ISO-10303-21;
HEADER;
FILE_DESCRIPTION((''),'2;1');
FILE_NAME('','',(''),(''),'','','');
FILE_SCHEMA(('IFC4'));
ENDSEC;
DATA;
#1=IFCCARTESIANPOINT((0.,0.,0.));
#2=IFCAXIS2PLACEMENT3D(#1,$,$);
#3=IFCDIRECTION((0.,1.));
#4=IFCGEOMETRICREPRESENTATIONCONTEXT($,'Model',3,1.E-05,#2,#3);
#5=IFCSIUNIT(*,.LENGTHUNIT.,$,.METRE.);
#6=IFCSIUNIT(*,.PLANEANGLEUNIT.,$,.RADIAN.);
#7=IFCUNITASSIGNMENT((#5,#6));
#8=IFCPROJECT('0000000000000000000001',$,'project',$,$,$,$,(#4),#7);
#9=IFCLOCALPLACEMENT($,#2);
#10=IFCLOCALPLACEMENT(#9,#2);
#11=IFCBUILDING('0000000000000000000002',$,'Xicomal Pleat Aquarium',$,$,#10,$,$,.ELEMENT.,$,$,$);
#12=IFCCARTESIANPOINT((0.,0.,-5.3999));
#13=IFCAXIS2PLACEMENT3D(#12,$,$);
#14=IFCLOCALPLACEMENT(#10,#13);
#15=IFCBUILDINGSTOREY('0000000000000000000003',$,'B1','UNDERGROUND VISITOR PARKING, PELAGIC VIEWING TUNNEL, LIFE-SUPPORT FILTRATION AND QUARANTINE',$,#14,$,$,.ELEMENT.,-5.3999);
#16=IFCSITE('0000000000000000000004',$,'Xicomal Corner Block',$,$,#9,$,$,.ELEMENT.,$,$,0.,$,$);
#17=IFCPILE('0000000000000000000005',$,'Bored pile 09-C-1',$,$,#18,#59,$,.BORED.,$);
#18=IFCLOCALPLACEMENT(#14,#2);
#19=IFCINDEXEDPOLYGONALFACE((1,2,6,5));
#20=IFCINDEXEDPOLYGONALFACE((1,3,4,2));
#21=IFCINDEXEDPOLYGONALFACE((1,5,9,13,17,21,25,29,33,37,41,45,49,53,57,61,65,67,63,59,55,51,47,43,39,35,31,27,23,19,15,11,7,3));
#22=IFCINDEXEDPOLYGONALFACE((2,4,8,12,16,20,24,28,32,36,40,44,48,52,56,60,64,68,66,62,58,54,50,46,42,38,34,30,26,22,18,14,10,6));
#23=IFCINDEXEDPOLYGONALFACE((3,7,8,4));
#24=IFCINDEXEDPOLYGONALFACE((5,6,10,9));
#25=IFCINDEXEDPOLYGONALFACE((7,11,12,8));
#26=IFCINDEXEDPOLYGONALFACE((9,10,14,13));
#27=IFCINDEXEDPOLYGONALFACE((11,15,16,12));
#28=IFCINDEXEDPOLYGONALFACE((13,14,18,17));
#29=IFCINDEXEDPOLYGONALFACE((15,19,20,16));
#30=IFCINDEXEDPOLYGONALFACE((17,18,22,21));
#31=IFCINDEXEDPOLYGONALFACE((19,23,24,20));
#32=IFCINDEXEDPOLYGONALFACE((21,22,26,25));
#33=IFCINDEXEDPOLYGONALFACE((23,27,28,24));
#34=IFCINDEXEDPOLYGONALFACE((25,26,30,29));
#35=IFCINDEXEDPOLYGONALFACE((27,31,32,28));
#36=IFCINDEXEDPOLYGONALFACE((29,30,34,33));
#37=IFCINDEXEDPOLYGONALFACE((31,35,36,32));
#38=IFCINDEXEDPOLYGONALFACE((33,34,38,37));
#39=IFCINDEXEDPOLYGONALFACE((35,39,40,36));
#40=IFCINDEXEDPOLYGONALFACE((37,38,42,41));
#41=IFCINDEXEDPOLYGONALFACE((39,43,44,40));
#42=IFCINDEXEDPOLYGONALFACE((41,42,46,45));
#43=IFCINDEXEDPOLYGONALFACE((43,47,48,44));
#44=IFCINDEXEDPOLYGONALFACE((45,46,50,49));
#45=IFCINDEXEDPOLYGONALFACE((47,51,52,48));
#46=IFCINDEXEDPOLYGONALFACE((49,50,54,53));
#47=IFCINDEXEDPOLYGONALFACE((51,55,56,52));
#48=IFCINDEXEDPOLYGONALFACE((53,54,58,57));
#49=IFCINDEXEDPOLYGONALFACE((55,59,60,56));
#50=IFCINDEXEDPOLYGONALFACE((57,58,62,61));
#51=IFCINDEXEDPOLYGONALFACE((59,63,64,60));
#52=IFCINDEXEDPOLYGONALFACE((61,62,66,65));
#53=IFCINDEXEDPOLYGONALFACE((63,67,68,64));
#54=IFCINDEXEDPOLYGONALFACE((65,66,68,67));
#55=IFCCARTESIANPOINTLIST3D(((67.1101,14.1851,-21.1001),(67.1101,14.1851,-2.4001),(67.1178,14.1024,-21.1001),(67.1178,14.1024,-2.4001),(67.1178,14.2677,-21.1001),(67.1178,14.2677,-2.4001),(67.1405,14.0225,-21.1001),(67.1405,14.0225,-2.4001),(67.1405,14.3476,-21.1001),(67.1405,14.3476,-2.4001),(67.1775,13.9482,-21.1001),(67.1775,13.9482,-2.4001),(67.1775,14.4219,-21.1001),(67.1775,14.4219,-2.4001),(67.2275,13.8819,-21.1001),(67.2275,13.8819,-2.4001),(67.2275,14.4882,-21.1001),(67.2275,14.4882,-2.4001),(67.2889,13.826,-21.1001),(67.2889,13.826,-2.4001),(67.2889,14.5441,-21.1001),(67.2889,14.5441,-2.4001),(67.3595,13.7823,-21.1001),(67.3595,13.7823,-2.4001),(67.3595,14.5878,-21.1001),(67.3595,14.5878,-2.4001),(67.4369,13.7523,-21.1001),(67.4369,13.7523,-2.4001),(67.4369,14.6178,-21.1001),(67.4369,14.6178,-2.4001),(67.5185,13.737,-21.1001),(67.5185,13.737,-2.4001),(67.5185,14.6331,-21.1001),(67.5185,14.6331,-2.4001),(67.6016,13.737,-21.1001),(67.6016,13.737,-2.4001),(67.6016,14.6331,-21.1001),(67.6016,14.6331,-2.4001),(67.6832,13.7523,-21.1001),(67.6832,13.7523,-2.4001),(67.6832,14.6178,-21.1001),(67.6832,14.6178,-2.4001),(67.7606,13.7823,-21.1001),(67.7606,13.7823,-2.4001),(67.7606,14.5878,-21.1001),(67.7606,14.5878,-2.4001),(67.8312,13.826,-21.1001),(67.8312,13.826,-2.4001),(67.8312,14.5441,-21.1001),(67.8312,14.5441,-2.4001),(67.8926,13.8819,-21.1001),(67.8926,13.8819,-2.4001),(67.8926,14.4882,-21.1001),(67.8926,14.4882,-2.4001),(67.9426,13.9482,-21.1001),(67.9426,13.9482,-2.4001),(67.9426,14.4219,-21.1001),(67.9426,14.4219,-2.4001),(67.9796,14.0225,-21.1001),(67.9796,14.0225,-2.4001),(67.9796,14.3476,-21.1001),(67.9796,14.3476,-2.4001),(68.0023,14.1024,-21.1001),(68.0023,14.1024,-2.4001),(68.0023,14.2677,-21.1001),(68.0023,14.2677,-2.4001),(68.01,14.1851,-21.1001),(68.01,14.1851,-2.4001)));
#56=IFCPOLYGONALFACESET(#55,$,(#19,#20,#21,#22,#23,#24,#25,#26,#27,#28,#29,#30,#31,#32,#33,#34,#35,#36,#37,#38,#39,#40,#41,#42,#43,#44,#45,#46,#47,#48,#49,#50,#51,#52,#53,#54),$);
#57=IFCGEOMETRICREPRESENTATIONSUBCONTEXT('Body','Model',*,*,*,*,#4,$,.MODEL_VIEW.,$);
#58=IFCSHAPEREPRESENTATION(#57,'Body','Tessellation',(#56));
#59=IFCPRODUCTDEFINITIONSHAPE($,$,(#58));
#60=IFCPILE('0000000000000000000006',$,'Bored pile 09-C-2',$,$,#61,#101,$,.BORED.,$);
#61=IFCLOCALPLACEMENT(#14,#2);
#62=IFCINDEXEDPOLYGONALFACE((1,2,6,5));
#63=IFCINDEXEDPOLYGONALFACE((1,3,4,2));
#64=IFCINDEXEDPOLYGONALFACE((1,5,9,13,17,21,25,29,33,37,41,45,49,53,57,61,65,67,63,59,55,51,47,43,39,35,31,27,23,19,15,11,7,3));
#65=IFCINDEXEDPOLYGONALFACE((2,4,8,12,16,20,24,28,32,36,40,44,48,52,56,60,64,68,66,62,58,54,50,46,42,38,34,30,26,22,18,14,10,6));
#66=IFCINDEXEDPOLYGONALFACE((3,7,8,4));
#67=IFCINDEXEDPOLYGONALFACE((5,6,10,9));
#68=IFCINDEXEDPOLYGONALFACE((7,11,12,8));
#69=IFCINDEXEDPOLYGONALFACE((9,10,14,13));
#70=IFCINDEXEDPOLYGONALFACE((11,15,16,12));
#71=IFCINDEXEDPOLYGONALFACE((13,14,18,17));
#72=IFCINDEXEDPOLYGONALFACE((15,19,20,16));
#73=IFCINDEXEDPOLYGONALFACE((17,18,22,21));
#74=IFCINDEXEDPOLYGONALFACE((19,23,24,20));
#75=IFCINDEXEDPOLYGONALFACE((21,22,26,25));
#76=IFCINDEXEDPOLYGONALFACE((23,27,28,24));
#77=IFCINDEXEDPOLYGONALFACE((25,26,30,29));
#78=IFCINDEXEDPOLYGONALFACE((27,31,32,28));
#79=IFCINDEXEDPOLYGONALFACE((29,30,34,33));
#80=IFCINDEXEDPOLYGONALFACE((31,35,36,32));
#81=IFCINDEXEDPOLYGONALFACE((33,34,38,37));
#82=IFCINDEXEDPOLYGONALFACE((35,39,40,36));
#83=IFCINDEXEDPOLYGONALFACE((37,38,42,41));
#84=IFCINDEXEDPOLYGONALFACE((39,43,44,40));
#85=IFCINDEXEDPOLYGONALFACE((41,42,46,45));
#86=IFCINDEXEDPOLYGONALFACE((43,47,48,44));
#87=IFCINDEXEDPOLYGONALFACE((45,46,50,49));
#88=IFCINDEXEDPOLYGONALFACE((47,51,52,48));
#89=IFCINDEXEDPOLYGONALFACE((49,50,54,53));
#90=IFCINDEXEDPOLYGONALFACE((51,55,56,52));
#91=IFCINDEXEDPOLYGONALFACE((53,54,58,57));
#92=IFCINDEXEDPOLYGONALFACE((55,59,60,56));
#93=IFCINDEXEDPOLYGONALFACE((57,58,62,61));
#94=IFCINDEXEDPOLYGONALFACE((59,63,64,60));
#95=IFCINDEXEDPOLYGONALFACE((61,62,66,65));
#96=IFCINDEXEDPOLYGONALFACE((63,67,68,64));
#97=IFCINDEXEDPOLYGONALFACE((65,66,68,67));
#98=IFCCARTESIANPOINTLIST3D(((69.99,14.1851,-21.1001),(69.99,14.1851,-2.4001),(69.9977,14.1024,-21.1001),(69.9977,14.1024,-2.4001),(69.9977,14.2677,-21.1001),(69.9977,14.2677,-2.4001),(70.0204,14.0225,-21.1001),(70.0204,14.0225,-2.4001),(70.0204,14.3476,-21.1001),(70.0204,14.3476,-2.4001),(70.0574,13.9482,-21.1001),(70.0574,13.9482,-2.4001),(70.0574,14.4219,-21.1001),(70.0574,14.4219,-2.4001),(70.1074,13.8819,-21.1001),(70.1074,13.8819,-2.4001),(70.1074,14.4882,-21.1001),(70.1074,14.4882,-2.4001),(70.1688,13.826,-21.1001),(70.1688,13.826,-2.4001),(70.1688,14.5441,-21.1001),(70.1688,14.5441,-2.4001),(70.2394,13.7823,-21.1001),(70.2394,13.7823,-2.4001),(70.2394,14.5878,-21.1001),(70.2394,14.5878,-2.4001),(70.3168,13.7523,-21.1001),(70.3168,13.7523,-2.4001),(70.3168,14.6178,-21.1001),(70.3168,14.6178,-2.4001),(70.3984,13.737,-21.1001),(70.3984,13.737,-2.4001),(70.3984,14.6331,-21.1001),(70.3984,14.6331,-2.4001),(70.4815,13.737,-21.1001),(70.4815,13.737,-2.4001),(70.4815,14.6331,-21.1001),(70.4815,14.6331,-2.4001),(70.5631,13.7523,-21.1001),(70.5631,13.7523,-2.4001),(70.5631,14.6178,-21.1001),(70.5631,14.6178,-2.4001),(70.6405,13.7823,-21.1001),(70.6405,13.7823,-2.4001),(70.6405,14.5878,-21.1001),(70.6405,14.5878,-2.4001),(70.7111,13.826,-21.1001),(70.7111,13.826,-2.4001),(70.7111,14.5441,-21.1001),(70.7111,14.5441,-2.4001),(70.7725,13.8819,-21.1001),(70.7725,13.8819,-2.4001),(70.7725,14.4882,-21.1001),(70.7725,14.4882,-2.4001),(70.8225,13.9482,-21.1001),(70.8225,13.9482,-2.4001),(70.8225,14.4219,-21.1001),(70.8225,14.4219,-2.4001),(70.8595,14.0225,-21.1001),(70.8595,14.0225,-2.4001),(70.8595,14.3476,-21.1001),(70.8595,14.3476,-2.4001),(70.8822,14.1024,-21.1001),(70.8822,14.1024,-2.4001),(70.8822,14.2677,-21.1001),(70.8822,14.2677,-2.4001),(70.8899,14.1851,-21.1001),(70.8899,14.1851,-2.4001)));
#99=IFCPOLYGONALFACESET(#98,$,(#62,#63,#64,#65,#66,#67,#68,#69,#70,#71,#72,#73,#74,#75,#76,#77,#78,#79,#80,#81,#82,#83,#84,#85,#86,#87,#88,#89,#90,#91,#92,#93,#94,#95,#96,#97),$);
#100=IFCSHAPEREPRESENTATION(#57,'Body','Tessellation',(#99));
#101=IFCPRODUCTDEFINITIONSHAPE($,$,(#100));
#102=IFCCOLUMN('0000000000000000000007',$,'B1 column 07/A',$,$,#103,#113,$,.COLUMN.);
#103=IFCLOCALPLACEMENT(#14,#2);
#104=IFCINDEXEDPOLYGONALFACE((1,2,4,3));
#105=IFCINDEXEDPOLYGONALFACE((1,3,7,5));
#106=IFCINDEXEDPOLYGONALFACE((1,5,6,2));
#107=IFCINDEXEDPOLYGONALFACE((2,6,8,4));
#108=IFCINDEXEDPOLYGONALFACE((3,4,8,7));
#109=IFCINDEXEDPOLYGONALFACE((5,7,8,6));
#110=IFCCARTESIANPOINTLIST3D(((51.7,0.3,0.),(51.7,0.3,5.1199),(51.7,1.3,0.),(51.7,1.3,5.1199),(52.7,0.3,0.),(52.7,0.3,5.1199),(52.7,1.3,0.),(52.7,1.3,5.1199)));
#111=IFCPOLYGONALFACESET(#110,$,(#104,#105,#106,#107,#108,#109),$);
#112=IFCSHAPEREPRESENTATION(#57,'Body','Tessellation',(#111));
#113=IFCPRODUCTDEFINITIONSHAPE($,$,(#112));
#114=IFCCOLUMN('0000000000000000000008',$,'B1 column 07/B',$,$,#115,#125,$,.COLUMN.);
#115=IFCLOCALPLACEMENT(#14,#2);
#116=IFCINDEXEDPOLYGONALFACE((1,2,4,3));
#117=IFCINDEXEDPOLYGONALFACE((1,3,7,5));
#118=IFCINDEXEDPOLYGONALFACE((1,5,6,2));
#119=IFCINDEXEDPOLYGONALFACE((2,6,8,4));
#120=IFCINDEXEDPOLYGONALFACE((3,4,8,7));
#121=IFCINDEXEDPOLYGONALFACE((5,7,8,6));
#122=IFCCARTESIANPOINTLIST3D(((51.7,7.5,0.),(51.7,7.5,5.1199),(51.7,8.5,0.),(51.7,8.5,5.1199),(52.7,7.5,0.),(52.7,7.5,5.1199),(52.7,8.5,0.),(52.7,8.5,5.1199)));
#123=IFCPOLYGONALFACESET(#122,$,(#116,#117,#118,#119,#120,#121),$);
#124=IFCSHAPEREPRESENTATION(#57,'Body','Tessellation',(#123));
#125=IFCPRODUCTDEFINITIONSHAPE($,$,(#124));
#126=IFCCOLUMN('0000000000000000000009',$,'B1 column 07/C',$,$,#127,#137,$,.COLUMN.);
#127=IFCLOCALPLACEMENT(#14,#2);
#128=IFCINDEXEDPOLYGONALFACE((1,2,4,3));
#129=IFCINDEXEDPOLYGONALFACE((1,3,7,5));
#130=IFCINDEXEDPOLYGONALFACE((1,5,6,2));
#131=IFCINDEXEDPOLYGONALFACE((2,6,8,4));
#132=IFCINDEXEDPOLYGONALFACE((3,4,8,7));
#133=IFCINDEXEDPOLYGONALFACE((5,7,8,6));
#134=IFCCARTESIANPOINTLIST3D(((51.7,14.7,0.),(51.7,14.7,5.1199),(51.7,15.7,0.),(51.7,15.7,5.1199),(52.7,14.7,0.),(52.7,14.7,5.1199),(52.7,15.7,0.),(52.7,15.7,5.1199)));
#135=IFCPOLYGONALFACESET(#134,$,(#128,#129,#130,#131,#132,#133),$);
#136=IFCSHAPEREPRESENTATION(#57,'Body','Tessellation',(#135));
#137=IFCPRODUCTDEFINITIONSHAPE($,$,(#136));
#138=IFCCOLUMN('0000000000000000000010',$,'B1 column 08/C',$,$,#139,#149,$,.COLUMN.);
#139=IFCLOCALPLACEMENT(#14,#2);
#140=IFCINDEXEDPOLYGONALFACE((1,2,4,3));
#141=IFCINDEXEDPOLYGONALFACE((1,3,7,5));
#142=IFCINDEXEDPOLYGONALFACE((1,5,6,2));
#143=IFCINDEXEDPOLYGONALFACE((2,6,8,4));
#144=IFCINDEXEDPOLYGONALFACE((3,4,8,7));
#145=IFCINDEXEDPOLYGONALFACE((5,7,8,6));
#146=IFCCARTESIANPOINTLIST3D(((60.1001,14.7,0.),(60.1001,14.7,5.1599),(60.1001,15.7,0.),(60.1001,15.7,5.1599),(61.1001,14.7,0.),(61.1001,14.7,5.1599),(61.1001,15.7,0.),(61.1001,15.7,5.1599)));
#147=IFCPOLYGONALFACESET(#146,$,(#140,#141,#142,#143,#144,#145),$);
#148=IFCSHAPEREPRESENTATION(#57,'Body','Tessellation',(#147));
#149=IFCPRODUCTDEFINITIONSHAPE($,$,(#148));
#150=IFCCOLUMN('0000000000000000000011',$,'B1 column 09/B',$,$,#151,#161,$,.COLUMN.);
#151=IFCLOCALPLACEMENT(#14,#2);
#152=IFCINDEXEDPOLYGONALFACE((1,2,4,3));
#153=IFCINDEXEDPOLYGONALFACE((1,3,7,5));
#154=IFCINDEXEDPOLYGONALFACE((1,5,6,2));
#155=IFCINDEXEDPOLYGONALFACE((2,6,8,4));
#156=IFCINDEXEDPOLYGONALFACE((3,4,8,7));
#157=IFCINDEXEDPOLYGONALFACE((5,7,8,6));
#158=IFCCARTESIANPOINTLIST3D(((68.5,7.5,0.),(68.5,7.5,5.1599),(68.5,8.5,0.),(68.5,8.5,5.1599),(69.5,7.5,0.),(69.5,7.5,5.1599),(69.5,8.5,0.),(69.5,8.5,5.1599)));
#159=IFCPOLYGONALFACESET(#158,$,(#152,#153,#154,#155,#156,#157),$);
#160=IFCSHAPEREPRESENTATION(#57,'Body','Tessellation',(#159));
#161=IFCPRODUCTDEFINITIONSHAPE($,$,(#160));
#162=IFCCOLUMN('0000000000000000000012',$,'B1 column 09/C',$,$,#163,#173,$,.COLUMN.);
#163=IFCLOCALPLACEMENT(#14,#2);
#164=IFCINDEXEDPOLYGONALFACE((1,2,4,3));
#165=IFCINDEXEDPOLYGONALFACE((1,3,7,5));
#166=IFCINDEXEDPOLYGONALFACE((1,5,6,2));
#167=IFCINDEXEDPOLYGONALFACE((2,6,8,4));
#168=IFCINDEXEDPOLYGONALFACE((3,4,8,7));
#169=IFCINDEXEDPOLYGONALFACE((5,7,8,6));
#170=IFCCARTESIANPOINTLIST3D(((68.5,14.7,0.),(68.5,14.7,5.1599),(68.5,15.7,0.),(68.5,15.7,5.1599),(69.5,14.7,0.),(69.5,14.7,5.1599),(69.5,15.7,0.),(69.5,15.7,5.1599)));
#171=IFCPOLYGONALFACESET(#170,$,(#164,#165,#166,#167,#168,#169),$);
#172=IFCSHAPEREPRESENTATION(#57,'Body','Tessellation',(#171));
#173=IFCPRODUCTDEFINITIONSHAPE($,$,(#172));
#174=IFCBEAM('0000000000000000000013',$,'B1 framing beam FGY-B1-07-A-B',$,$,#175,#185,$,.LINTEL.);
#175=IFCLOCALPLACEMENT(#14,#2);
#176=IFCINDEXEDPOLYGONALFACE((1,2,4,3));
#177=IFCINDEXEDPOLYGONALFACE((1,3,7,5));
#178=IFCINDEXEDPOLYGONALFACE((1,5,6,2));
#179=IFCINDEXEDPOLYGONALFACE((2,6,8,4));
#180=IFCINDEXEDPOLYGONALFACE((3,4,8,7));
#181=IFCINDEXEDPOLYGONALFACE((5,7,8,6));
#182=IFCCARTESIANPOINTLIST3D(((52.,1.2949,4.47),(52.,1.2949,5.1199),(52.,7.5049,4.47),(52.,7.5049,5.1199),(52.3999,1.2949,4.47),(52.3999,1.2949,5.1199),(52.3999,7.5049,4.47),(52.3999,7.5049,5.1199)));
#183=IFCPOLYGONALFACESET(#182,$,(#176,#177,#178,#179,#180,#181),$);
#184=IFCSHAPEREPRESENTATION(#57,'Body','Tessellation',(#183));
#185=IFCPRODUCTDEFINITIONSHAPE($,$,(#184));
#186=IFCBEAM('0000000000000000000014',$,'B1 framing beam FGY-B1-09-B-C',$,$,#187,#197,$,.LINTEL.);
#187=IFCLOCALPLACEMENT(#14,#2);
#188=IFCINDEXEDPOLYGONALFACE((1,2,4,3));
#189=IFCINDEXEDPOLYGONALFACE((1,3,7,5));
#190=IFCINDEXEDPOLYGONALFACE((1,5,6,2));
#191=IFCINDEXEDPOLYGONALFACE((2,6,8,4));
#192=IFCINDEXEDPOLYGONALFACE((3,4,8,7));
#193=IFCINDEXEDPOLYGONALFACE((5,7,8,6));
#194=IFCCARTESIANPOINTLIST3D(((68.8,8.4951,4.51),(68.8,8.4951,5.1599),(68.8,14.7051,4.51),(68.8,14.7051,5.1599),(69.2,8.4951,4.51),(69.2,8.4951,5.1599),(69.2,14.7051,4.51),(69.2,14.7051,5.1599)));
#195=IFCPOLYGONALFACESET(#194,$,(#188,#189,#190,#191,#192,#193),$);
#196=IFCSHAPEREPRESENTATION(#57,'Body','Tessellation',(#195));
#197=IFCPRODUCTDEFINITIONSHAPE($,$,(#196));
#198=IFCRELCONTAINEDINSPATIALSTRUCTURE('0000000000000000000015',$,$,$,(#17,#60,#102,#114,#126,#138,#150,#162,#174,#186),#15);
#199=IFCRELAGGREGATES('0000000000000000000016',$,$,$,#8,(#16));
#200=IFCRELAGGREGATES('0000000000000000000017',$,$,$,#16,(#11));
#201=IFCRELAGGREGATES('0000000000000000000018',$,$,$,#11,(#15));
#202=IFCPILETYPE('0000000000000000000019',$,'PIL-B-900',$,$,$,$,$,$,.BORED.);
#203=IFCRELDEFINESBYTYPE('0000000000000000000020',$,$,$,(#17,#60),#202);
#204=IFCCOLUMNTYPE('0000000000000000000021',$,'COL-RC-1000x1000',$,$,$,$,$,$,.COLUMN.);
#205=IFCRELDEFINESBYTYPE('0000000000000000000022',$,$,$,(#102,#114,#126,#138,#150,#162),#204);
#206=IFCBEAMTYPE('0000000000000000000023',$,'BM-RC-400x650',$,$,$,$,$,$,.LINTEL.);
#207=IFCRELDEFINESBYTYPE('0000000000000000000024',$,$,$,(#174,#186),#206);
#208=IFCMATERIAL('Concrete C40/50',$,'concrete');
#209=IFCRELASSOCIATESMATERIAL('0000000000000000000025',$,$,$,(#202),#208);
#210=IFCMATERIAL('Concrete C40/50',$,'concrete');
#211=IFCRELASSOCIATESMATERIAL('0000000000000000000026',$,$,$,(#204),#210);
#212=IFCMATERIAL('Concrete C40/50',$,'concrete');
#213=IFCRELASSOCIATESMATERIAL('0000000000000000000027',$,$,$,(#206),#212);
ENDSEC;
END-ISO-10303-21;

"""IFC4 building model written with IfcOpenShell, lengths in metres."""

from ifc_helpers import new_model, si_unit, direction, frame, origin, origin_2d, place, context, subcontext, project, spatial, rectangle, circle, extrude, material, material_profile, profile_set, type_object, element, save


model = new_model("IFC4")

# Units and contexts
model_context = context("Model", 3, precision=1e-05, world=origin(), true_north=direction((0.0, 1.0)))
body_context = subcontext(model_context, "Body", "Model", "MODEL_VIEW")
ifc_project = project(units=[si_unit("LENGTHUNIT", "METRE"), si_unit("PLANEANGLEUNIT", "RADIAN")], contexts=[model_context])

# Site, building, storey
site_placement = place(None, origin())
site = spatial("IfcSite", under=ifc_project, at=site_placement, Name="Xicomal Corner Block", CompositionType="ELEMENT", RefElevation=0.0)
building_placement = place(site_placement, origin())
building = spatial("IfcBuilding", under=site, at=building_placement, Name="Xicomal Pleat Aquarium", CompositionType="ELEMENT")
storey_placement = place(building_placement, frame((0.0, 0.0, -5.3999)))
storey = spatial("IfcBuildingStorey", under=building, at=storey_placement, Name="B1", Description="UNDERGROUND VISITOR PARKING, PELAGIC VIEWING TUNNEL, LIFE-SUPPORT FILTRATION AND QUARANTINE", CompositionType="ELEMENT", Elevation=-5.3999)

# Piles
ifc_material_1 = material(Name="Concrete C40/50", Category="concrete")
ifc_material_profile_1 = material_profile(ifc_material_1, circle(Radius=0.45, at=origin_2d()), Name="BORED PILE D900")
ifc_profile_set_1 = profile_set([ifc_material_profile_1], Name="Concrete C40/50")
pile_type_1 = type_object("IfcPileType", Name="PIL-B-900", PredefinedType="BORED", material=ifc_profile_set_1)
for number, where, z_axis, x_axis, name in (
    (1, (67.5601, 14.1851, -2.4001), (0.0, 0.0, -1.0), (1.0, 0.0, 0.0), "Bored pile 09-C-1"),
    (2, (70.4399, 14.1851, -2.4001), (0.0, 0.0, -1.0), (1.0, 0.0, 0.0), "Bored pile 09-C-2"),
):
    element("IfcPile", number, at=place(storey_placement, frame(where, z_axis=z_axis, x_axis=x_axis)), inside=storey, type_object=pile_type_1, Name=name, PredefinedType="BORED", context=body_context, shape_type="SweptSolid", body=[
        extrude(circle(Radius=0.45, at=origin_2d()), origin(), (0.0, 0.0, 1.0), 18.7),
    ])

# Columns
ifc_material_2 = material(Name="Concrete C40/50", Category="concrete")
ifc_material_profile_2 = material_profile(ifc_material_2, rectangle(XDim=1.0, YDim=1.0, at=origin_2d()), Name="RC 1000x1000")
ifc_profile_set_2 = profile_set([ifc_material_profile_2], Name="Concrete C40/50")
column_type = type_object("IfcColumnType", Name="COL-RC-1000x1000", PredefinedType="COLUMN", material=ifc_profile_set_2)
for number, where, z_axis, x_axis, name in (
    (3, (52.2, 0.8, 0.0), (0.0, 0.0, 1.0), (1.0, 0.0, 0.0), "B1 column 07/A"),
    (4, (52.2, 8.0, 0.0), (0.0, 0.0, 1.0), (1.0, 0.0, 0.0), "B1 column 07/B"),
    (5, (52.2, 15.2, 0.0), (0.0, 0.0, 1.0), (1.0, 0.0, 0.0), "B1 column 07/C"),
):
    element("IfcColumn", number, at=place(storey_placement, frame(where, z_axis=z_axis, x_axis=x_axis)), inside=storey, type_object=column_type, Name=name, PredefinedType="COLUMN", context=body_context, shape_type="SweptSolid", body=[
        extrude(rectangle(XDim=1.0, YDim=1.0, at=origin_2d()), origin(), (0.0, 0.0, 1.0), 5.1199),
    ])
for number, where, z_axis, x_axis, name in (
    (6, (60.6001, 15.2, 0.0), (0.0, 0.0, 1.0), (1.0, 0.0, 0.0), "B1 column 08/C"),
    (7, (69.0, 8.0, 0.0), (0.0, 0.0, 1.0), (1.0, 0.0, 0.0), "B1 column 09/B"),
    (8, (69.0, 15.2, 0.0), (0.0, 0.0, 1.0), (1.0, 0.0, 0.0), "B1 column 09/C"),
):
    element("IfcColumn", number, at=place(storey_placement, frame(where, z_axis=z_axis, x_axis=x_axis)), inside=storey, type_object=column_type, Name=name, PredefinedType="COLUMN", context=body_context, shape_type="SweptSolid", body=[
        extrude(rectangle(XDim=1.0, YDim=1.0, at=origin_2d()), origin(), (0.0, 0.0, 1.0), 5.1599),
    ])

# Beams
ifc_material_3 = material(Name="Concrete C40/50", Category="concrete")
ifc_material_profile_3 = material_profile(ifc_material_3, rectangle(XDim=0.3999, YDim=0.6499, at=origin_2d()), Name="RC 400x650")
ifc_profile_set_3 = profile_set([ifc_material_profile_3], Name="Concrete C40/50")
beam_type_1 = type_object("IfcBeamType", Name="BM-RC-400x650", PredefinedType="LINTEL", material=ifc_profile_set_3)
for number, where, z_axis, x_axis, name in (
    (9, (52.2, 1.2949, 4.7949), (0.0, 1.0, 0.0), (-1.0, 0.0, 0.0), "B1 framing beam FGY-B1-07-A-B"),
    (10, (69.0, 8.4951, 4.835), (0.0, 1.0, 0.0), (-1.0, 0.0, 0.0), "B1 framing beam FGY-B1-09-B-C"),
):
    element("IfcBeam", number, at=place(storey_placement, frame(where, z_axis=z_axis, x_axis=x_axis)), inside=storey, type_object=beam_type_1, Name=name, PredefinedType="LINTEL", context=body_context, shape_type="SweptSolid", body=[
        extrude(rectangle(XDim=0.3999, YDim=0.6499, at=origin_2d()), origin(), (0.0, 0.0, 1.0), 6.21),
    ])

save(model, "model.ifc")
